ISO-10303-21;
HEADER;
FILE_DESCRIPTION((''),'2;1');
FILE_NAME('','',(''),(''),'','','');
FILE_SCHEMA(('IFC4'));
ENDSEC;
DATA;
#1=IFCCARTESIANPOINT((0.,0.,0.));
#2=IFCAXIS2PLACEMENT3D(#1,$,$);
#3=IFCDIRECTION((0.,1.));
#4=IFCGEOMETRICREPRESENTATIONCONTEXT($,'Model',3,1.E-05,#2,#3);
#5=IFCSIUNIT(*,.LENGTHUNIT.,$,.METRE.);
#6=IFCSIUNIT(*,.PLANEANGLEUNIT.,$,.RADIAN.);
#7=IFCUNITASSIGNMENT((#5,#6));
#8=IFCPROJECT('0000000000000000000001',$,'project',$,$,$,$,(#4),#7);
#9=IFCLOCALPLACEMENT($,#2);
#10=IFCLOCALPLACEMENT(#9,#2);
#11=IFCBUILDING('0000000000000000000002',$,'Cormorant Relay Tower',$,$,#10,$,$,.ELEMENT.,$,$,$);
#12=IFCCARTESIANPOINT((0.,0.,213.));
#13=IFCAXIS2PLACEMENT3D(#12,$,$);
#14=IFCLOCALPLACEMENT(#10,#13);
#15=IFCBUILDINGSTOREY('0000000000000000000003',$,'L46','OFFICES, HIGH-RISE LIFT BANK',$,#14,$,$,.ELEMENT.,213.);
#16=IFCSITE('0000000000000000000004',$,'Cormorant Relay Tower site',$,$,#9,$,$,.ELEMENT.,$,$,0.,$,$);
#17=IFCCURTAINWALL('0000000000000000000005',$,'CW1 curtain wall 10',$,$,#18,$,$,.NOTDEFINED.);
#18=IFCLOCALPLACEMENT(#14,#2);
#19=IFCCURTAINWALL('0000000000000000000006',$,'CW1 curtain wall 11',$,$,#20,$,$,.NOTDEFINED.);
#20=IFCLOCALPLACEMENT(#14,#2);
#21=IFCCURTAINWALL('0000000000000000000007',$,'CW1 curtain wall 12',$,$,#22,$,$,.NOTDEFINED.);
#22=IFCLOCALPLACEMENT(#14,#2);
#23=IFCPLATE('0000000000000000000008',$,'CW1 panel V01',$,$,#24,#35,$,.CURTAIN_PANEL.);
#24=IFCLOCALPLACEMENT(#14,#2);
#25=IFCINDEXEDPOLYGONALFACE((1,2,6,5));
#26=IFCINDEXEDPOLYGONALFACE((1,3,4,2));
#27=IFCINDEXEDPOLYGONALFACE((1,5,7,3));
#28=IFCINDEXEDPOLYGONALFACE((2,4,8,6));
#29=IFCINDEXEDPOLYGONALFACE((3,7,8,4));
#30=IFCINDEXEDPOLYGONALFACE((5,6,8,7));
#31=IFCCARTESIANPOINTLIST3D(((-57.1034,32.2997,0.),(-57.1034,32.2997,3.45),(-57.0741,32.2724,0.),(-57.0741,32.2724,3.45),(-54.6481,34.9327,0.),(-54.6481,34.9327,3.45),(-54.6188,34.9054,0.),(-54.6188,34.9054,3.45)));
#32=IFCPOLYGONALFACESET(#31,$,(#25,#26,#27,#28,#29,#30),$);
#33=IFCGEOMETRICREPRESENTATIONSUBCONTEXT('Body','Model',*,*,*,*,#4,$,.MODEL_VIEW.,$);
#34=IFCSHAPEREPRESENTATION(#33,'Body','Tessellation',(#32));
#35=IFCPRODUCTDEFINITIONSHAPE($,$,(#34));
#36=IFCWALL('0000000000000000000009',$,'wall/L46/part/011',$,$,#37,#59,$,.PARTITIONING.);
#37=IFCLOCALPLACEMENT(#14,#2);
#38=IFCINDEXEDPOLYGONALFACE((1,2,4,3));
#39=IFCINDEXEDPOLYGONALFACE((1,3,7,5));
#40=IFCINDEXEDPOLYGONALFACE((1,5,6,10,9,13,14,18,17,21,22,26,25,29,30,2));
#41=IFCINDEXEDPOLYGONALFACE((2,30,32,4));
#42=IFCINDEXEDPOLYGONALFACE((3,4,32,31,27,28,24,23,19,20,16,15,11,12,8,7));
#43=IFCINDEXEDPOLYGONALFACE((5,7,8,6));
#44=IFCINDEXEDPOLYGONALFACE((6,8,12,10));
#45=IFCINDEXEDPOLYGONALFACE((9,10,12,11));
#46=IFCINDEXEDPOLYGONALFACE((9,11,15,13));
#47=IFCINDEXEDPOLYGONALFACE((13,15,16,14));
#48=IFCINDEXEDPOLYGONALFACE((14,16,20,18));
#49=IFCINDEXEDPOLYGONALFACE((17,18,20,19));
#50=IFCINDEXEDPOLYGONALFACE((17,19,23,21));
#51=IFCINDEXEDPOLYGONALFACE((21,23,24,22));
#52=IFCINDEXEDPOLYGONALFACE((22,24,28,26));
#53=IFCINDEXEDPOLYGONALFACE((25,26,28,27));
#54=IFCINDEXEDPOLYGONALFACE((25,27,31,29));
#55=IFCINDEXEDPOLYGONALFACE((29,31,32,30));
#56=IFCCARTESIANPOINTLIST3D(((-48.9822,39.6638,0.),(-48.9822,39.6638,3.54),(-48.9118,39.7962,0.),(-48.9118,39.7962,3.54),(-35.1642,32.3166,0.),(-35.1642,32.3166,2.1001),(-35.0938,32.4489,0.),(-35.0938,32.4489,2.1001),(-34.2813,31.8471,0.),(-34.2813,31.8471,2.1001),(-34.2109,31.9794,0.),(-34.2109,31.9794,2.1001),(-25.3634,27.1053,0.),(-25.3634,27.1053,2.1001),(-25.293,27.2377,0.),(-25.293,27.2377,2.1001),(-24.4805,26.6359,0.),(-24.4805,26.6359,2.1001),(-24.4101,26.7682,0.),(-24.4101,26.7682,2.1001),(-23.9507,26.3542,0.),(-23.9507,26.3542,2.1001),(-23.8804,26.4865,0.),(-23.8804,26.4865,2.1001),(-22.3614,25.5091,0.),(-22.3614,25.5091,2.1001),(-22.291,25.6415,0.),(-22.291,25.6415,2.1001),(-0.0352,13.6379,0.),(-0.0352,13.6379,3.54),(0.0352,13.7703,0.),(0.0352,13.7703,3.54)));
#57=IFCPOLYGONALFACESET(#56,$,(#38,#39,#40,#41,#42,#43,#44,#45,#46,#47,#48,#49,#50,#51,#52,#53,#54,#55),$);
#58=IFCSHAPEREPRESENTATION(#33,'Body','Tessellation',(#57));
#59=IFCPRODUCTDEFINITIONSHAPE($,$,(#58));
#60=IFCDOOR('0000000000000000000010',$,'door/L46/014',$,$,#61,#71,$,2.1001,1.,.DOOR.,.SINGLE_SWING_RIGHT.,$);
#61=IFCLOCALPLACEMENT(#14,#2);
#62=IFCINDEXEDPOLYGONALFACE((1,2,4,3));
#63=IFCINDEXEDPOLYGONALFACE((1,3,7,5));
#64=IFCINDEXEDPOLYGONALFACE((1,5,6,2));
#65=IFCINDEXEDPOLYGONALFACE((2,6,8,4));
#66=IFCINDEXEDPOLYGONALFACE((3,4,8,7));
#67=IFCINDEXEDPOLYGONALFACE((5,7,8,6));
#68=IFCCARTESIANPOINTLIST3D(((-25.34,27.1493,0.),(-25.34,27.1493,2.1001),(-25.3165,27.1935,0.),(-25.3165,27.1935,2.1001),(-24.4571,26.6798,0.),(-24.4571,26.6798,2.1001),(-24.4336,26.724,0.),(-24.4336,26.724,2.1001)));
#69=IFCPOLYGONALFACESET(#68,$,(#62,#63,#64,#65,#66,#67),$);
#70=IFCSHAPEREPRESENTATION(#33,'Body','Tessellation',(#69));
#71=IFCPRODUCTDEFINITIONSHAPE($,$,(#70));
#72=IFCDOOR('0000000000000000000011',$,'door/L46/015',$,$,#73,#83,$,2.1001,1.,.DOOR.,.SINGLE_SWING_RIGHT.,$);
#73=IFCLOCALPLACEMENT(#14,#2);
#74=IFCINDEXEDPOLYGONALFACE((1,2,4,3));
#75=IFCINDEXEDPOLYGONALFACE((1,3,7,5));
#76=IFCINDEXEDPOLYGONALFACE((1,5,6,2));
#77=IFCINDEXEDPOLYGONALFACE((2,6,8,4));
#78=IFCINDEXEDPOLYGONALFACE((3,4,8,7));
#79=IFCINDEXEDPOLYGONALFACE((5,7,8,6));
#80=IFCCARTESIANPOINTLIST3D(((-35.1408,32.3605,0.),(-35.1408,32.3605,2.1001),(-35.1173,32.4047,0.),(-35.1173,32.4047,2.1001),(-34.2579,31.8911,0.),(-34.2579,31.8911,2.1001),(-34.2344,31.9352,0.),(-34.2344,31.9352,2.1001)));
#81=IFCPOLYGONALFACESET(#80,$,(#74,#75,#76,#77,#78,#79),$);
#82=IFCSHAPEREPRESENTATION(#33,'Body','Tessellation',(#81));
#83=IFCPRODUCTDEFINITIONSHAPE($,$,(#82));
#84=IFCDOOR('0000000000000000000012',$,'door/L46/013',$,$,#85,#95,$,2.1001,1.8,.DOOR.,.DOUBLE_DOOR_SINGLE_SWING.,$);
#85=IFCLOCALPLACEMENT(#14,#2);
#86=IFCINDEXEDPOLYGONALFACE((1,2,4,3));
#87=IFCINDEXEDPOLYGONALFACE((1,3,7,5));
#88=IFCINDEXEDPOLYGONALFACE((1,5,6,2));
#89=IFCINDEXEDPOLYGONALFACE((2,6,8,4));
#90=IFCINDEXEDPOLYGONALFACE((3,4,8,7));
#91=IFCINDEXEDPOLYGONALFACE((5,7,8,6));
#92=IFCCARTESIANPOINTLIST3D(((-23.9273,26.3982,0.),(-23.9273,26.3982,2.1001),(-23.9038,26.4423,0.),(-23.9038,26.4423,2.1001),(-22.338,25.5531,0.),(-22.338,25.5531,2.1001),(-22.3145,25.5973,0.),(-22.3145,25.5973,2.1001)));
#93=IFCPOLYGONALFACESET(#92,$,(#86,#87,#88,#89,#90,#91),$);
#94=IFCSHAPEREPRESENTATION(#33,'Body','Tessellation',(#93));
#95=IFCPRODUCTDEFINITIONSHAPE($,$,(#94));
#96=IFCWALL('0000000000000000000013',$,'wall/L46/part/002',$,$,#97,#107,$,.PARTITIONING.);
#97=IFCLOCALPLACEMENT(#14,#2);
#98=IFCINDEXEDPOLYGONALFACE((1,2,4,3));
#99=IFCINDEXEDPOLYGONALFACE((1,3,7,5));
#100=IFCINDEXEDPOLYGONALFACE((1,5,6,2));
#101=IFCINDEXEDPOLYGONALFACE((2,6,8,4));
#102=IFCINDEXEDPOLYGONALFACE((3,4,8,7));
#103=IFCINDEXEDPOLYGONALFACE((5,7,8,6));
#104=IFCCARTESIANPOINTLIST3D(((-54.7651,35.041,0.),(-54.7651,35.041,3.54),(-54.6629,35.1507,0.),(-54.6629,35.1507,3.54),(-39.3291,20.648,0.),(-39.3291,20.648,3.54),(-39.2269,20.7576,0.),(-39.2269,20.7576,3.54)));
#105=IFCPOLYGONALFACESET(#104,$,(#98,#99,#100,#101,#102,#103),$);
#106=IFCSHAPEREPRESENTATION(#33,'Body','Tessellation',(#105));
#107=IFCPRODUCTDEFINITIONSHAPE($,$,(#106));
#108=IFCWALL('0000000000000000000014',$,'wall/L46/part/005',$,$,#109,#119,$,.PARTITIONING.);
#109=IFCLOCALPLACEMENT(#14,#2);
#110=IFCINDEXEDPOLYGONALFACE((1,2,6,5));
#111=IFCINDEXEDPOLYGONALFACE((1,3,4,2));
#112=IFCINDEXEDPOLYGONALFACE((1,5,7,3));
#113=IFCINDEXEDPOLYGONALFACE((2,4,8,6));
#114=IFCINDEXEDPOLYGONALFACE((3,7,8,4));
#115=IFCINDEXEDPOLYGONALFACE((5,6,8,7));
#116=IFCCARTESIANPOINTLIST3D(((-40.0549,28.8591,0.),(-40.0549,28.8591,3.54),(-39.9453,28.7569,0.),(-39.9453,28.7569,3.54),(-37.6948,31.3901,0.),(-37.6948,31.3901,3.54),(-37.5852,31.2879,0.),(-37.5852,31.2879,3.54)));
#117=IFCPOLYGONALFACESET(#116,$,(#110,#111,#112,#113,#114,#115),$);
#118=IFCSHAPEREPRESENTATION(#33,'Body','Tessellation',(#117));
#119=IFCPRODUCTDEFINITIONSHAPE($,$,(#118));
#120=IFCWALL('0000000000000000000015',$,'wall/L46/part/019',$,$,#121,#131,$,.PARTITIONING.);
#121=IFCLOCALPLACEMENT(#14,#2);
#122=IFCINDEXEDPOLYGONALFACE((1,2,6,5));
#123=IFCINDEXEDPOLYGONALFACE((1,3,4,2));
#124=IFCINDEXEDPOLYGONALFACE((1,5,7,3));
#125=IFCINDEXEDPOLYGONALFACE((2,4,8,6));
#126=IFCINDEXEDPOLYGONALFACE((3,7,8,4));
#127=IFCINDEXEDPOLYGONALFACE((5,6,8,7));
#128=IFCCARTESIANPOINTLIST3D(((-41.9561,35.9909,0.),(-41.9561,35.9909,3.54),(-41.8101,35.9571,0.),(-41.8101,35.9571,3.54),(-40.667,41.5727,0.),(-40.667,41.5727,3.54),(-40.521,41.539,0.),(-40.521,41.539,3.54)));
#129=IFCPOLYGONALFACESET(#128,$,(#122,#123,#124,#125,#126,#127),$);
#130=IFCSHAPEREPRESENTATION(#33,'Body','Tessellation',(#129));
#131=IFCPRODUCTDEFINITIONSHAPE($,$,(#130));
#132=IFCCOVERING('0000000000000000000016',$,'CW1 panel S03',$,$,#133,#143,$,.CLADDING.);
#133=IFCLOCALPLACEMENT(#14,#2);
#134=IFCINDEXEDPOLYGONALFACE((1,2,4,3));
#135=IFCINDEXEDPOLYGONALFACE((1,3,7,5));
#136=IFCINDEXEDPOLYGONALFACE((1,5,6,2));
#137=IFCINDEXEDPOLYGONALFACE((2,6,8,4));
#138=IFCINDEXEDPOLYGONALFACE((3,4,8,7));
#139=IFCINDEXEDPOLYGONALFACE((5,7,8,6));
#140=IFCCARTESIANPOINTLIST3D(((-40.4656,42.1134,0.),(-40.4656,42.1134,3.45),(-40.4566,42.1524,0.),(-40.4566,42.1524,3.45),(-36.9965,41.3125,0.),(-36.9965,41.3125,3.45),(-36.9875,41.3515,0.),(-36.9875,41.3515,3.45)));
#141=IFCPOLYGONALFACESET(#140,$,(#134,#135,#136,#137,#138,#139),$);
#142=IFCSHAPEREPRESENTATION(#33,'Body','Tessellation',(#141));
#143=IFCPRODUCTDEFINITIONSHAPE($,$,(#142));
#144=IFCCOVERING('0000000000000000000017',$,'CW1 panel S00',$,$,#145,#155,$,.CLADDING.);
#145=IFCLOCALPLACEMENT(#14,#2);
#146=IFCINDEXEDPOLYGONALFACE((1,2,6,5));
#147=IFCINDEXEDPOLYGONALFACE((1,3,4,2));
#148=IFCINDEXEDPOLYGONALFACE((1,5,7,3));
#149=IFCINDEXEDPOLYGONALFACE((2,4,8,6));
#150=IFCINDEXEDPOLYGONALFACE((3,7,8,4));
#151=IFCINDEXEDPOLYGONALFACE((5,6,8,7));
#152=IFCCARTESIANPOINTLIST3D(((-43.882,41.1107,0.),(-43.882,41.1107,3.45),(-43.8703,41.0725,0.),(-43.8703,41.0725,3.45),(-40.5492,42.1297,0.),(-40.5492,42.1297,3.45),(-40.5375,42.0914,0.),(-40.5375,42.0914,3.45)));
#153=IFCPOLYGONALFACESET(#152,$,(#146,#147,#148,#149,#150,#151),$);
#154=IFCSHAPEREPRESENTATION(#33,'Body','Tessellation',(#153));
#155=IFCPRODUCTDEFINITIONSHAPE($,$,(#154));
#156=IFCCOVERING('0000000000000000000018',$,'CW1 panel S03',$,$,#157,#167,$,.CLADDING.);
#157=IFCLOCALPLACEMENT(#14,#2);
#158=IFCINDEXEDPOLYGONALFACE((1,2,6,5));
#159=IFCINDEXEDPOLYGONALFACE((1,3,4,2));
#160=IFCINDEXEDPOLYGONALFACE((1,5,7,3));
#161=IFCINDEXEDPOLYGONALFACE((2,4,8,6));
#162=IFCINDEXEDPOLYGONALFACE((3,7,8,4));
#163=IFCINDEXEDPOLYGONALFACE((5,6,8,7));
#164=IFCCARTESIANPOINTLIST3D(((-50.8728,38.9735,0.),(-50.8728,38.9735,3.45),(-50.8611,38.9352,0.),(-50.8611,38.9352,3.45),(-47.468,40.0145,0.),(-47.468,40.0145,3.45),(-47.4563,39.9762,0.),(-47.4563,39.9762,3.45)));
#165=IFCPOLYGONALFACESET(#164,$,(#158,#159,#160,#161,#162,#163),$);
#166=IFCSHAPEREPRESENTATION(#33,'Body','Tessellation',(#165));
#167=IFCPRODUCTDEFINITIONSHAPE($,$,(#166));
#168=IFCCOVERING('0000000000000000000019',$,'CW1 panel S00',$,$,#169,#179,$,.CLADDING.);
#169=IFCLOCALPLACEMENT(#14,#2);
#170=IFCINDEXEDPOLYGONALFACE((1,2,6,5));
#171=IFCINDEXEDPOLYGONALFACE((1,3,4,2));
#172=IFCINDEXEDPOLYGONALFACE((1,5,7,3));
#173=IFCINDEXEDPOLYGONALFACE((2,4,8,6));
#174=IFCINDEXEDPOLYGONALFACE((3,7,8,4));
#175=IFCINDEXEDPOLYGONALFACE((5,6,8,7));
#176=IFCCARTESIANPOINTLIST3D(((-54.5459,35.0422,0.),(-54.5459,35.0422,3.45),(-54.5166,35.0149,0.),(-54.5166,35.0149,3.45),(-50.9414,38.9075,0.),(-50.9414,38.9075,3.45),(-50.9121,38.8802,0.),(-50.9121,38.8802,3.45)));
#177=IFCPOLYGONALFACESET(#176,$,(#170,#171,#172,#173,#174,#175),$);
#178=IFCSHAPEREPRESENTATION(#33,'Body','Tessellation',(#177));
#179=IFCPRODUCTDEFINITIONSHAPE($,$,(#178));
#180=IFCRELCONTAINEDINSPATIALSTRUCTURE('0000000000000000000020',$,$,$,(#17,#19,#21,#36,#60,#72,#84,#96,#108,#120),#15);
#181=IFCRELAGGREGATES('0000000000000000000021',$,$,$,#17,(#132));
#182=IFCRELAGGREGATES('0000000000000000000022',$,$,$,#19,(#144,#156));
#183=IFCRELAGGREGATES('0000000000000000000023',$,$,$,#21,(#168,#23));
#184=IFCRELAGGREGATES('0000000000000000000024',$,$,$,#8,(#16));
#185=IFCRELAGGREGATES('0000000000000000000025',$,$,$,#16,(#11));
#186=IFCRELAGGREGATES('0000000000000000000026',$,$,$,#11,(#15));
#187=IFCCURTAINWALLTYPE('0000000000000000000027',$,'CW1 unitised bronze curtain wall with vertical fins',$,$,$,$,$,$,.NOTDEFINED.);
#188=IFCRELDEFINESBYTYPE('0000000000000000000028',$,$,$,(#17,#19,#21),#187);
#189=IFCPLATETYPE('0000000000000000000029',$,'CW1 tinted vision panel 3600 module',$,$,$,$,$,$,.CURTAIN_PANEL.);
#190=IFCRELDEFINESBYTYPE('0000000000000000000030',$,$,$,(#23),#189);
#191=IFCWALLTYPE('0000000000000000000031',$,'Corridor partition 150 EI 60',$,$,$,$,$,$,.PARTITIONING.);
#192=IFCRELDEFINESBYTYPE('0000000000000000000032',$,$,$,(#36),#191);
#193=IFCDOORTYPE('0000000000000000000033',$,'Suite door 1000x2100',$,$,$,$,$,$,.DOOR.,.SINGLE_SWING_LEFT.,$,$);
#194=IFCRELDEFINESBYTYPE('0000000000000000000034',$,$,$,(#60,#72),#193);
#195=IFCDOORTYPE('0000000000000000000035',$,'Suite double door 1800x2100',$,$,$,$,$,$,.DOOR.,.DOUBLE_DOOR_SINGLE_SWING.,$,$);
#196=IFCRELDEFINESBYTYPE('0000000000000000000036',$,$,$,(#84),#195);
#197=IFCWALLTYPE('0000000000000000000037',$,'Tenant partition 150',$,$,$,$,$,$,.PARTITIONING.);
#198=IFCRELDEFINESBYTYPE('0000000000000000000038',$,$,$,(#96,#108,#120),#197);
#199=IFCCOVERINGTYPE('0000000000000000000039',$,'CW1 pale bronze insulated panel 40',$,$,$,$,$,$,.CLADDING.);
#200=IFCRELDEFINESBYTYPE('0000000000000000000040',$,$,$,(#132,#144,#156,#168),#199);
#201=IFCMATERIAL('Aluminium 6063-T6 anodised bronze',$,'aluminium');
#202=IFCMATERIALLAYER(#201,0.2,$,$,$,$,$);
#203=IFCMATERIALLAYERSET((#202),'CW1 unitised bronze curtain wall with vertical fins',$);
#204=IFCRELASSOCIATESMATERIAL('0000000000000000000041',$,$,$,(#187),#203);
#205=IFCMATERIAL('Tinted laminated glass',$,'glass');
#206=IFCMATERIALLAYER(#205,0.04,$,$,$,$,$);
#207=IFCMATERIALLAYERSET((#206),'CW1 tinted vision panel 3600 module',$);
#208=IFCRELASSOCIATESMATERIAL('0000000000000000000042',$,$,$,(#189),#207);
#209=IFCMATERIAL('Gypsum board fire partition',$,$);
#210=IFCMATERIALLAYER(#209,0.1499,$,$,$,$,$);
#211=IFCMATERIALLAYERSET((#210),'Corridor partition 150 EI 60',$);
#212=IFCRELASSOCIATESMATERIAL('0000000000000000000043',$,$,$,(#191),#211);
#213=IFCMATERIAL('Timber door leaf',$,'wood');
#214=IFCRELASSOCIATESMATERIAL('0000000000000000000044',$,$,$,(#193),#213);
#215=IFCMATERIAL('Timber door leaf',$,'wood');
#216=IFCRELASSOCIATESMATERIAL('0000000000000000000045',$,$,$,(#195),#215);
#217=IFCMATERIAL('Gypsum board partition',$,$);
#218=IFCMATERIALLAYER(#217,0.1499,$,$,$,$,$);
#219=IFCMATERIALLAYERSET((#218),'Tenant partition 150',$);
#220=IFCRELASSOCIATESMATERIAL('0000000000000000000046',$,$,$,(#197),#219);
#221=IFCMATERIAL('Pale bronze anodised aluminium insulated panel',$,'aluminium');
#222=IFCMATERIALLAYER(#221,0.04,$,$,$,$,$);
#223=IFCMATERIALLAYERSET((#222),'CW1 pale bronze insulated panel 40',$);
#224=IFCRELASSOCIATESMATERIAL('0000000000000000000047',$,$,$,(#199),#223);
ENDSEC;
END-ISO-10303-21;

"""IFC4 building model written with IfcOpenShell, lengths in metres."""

from ifc_helpers import new_model, si_unit, direction, frame, frame_2d, origin, origin_2d, place, context, subcontext, project, spatial, rectangle, extrude, material, layer, layer_set, type_object, element, fill, aggregate, save


model = new_model("IFC4")

# Units and contexts
model_context = context("Model", 3, precision=1e-05, world=origin(), true_north=direction((0.0, 1.0)))
body_context = subcontext(model_context, "Body", "Model", "MODEL_VIEW")
ifc_project = project(units=[si_unit("LENGTHUNIT", "METRE"), si_unit("PLANEANGLEUNIT", "RADIAN")], contexts=[model_context])

# Site, building, storey
site_placement = place(None, origin())
site = spatial("IfcSite", under=ifc_project, at=site_placement, Name="Cormorant Relay Tower site", CompositionType="ELEMENT", RefElevation=0.0)
building_placement = place(site_placement, origin())
building = spatial("IfcBuilding", under=site, at=building_placement, Name="Cormorant Relay Tower", CompositionType="ELEMENT")
storey_placement = place(building_placement, frame((0.0, 0.0, 213.0)))
storey = spatial("IfcBuildingStorey", under=building, at=storey_placement, Name="L46", Description="OFFICES, HIGH-RISE LIFT BANK", CompositionType="ELEMENT", Elevation=213.0)

# Curtain wall
ifc_material_1 = material(Name="Aluminium 6063-T6 anodised bronze", Category="aluminium")
ifc_layer_1 = layer(ifc_material_1, 0.2)
ifc_layer_set_1 = layer_set([ifc_layer_1], Name="CW1 unitised bronze curtain wall with vertical fins")
curtain_wall_type = type_object("IfcCurtainWallType", Name="CW1 unitised bronze curtain wall with vertical fins", PredefinedType="NOTDEFINED", material=ifc_layer_set_1)
curtain_wall_1_placement = place(storey_placement, origin())
curtain_wall_1 = element("IfcCurtainWall", 1, at=curtain_wall_1_placement, inside=storey, type_object=curtain_wall_type, Name="CW1 curtain wall 10", PredefinedType="NOTDEFINED")

# Curtain walls
curtain_wall_2_placement = place(storey_placement, origin())
curtain_wall_2 = element("IfcCurtainWall", 2, at=curtain_wall_2_placement, inside=storey, type_object=curtain_wall_type, Name="CW1 curtain wall 11", PredefinedType="NOTDEFINED")
curtain_wall_3_placement = place(storey_placement, origin())
curtain_wall_3 = element("IfcCurtainWall", 3, at=curtain_wall_3_placement, inside=storey, type_object=curtain_wall_type, Name="CW1 curtain wall 12", PredefinedType="NOTDEFINED")

# Plate
ifc_material_2 = material(Name="Tinted laminated glass", Category="glass")
ifc_layer_2 = layer(ifc_material_2, 0.04)
ifc_layer_set_2 = layer_set([ifc_layer_2], Name="CW1 tinted vision panel 3600 module")
plate_type_1 = type_object("IfcPlateType", Name="CW1 tinted vision panel 3600 module", PredefinedType="CURTAIN_PANEL", material=ifc_layer_set_2)
plate_1_placement = place(storey_placement, frame((-55.8611, 33.6025, 0.0), z_axis=(0.0, 0.0, 1.0), x_axis=(-0.681998, -0.731354, 0.0)))
plate_1 = element("IfcPlate", 4, at=plate_1_placement, type_object=plate_type_1, Name="CW1 panel V01", PredefinedType="CURTAIN_PANEL", context=body_context, shape_type="SweptSolid", body=[
    extrude(rectangle(XDim=3.6001, YDim=0.04, at=origin_2d()), origin(), (0.0, 0.0, 1.0), 3.45),
])

# Wall, openings, doors
ifc_material_3 = material(Name="Gypsum board fire partition")
ifc_layer_3 = layer(ifc_material_3, 0.1499)
ifc_layer_set_3 = layer_set([ifc_layer_3], Name="Corridor partition 150 EI 60")
wall_type_1 = type_object("IfcWallType", Name="Corridor partition 150 EI 60", PredefinedType="PARTITIONING", material=ifc_layer_set_3)
wall_1_placement = place(storey_placement, frame((-48.947, 39.73, 0.0), z_axis=(0.0, 0.0, 1.0), x_axis=(0.882945, -0.469476, 0.0)))
wall_1 = element("IfcWall", 5, at=wall_1_placement, inside=storey, type_object=wall_type_1, Name="wall/L46/part/011", PredefinedType="PARTITIONING", context=body_context, shape_type="SweptSolid", body=[
    extrude(rectangle(XDim=55.436, YDim=0.1499, at=frame_2d((27.718, 0.0))), origin(), (0.0, 0.0, 1.0), 3.54),
])
opening_1_placement = place(wall_1_placement, frame((28.3501, 0.0, 0.0)))
opening_1 = element("IfcOpeningElement", 6, at=opening_1_placement, cuts=wall_1, PredefinedType="OPENING", context=body_context, shape_type="SweptSolid", body=[
    extrude(rectangle(XDim=1.8, YDim=2.1001, at=frame_2d((0.8999, 1.05))), frame((0.0, 0.085, 0.0), z_axis=(0.0, -1.0, 0.0), x_axis=(1.0, 0.0, 0.0)), (0.0, 0.0, 1.0), 0.1699),
])
opening_2_placement = place(wall_1_placement, frame((26.75, 0.0, 0.0)))
opening_2 = element("IfcOpeningElement", 7, at=opening_2_placement, cuts=wall_1, PredefinedType="OPENING", context=body_context, shape_type="SweptSolid", body=[
    extrude(rectangle(XDim=1.0, YDim=2.1001, at=frame_2d((0.5, 1.05))), frame((0.0, 0.085, 0.0), z_axis=(0.0, -1.0, 0.0), x_axis=(1.0, 0.0, 0.0)), (0.0, 0.0, 1.0), 0.1699),
])
opening_3_placement = place(wall_1_placement, frame((15.6499, 0.0, 0.0)))
opening_3 = element("IfcOpeningElement", 8, at=opening_3_placement, cuts=wall_1, PredefinedType="OPENING", context=body_context, shape_type="SweptSolid", body=[
    extrude(rectangle(XDim=1.0, YDim=2.1001, at=frame_2d((0.5, 1.05))), frame((0.0, 0.085, 0.0), z_axis=(0.0, -1.0, 0.0), x_axis=(1.0, 0.0, 0.0)), (0.0, 0.0, 1.0), 0.1699),
])
ifc_material_4 = material(Name="Timber door leaf", Category="wood")
door_type_1 = type_object("IfcDoorType", Name="Suite door 1000x2100", OperationType="SINGLE_SWING_LEFT", PredefinedType="DOOR", material=ifc_material_4)
door_1_placement = place(opening_2_placement, origin())
door_1 = element("IfcDoor", 9, at=door_1_placement, inside=storey, type_object=door_type_1, Name="door/L46/014", OperationType="SINGLE_SWING_RIGHT", OverallHeight=2.1001, OverallWidth=1.0, PredefinedType="DOOR", context=body_context, shape_type="SweptSolid", body=[
    extrude(rectangle(XDim=1.0, YDim=2.1001, at=frame_2d((0.5, 1.05))), frame((0.0, 0.0249, 0.0), z_axis=(0.0, -1.0, 0.0), x_axis=(1.0, 0.0, 0.0)), (0.0, 0.0, 1.0), 0.05),
])
fill(opening_2, door_1)
door_2_placement = place(opening_3_placement, origin())
door_2 = element("IfcDoor", 10, at=door_2_placement, inside=storey, type_object=door_type_1, Name="door/L46/015", OperationType="SINGLE_SWING_RIGHT", OverallHeight=2.1001, OverallWidth=1.0, PredefinedType="DOOR", context=body_context, shape_type="SweptSolid", body=[
    extrude(rectangle(XDim=1.0, YDim=2.1001, at=frame_2d((0.5, 1.05))), frame((0.0, 0.0249, 0.0), z_axis=(0.0, -1.0, 0.0), x_axis=(1.0, 0.0, 0.0)), (0.0, 0.0, 1.0), 0.05),
])
fill(opening_3, door_2)
ifc_material_5 = material(Name="Timber door leaf", Category="wood")
door_type_2 = type_object("IfcDoorType", Name="Suite double door 1800x2100", OperationType="DOUBLE_DOOR_SINGLE_SWING", PredefinedType="DOOR", material=ifc_material_5)
door_3_placement = place(opening_1_placement, origin())
door_3 = element("IfcDoor", 11, at=door_3_placement, inside=storey, type_object=door_type_2, Name="door/L46/013", OperationType="DOUBLE_DOOR_SINGLE_SWING", OverallHeight=2.1001, OverallWidth=1.8, PredefinedType="DOOR", context=body_context, shape_type="SweptSolid", body=[
    extrude(rectangle(XDim=1.8, YDim=2.1001, at=frame_2d((0.8999, 1.05))), frame((0.0, 0.0249, 0.0), z_axis=(0.0, -1.0, 0.0), x_axis=(1.0, 0.0, 0.0)), (0.0, 0.0, 1.0), 0.05),
])
fill(opening_1, door_3)

# Walls
ifc_material_6 = material(Name="Gypsum board partition")
ifc_layer_4 = layer(ifc_material_6, 0.1499)
ifc_layer_set_4 = layer_set([ifc_layer_4], Name="Tenant partition 150")
wall_type_2 = type_object("IfcWallType", Name="Tenant partition 150", PredefinedType="PARTITIONING", material=ifc_layer_set_4)
wall_2_placement = place(storey_placement, frame((-54.7141, 35.0959, 0.0), z_axis=(0.0, 0.0, 1.0), x_axis=(0.731384, -0.681966, 0.0)))
element("IfcWall", 12, at=wall_2_placement, inside=storey, type_object=wall_type_2, Name="wall/L46/part/002", PredefinedType="PARTITIONING", context=body_context, shape_type="SweptSolid", body=[
    extrude(rectangle(XDim=21.1052, YDim=0.1499, at=frame_2d((10.5527, 0.0))), origin(), (0.0, 0.0, 1.0), 3.54),
])
wall_3_placement = place(storey_placement, frame((-37.6399, 31.3391, 0.0), z_axis=(0.0, 0.0, 1.0), x_axis=(-0.681984, -0.731367, 0.0)))
element("IfcWall", 13, at=wall_3_placement, inside=storey, type_object=wall_type_2, Name="wall/L46/part/005", PredefinedType="PARTITIONING", context=body_context, shape_type="SweptSolid", body=[
    extrude(rectangle(XDim=3.4607, YDim=0.1499, at=frame_2d((1.7305, 0.0))), origin(), (0.0, 0.0, 1.0), 3.54),
])
wall_4_placement = place(storey_placement, frame((-41.8831, 35.9741, 0.0), z_axis=(0.0, 0.0, 1.0), x_axis=(0.225018, 0.974355, 0.0)))
element("IfcWall", 14, at=wall_4_placement, inside=storey, type_object=wall_type_2, Name="wall/L46/part/019", PredefinedType="PARTITIONING", context=body_context, shape_type="SweptSolid", body=[
    extrude(rectangle(XDim=5.7288, YDim=0.1499, at=frame_2d((2.8643, 0.0))), origin(), (0.0, 0.0, 1.0), 3.54),
])

# Coverings
ifc_material_7 = material(Name="Pale bronze anodised aluminium insulated panel", Category="aluminium")
ifc_layer_5 = layer(ifc_material_7, 0.04)
ifc_layer_set_5 = layer_set([ifc_layer_5], Name="CW1 pale bronze insulated panel 40")
covering_type = type_object("IfcCoveringType", Name="CW1 pale bronze insulated panel 40", PredefinedType="CLADDING", material=ifc_layer_set_5)
covering_1_placement = place(storey_placement, frame((-38.7266, 41.7324, 0.0), z_axis=(0.0, 0.0, 1.0), x_axis=(-0.97437, 0.224951, 0.0)))
covering_1 = element("IfcCovering", 15, at=covering_1_placement, type_object=covering_type, Name="CW1 panel S03", PredefinedType="CLADDING", context=body_context, shape_type="SweptSolid", body=[
    extrude(rectangle(XDim=3.5603, YDim=0.04, at=origin_2d()), origin(), (0.0, 0.0, 1.0), 3.45),
])
aggregate(curtain_wall_1, [covering_1])
covering_2_placement = place(storey_placement, frame((-42.2097, 41.6011, 0.0), z_axis=(0.0, 0.0, 1.0), x_axis=(-0.956305, -0.292372, 0.0)))
covering_2 = element("IfcCovering", 16, at=covering_2_placement, type_object=covering_type, Name="CW1 panel S00", PredefinedType="CLADDING", context=body_context, shape_type="SweptSolid", body=[
    extrude(rectangle(XDim=3.4851, YDim=0.04, at=origin_2d()), origin(), (0.0, 0.0, 1.0), 3.45),
])
covering_3_placement = place(storey_placement, frame((-49.1646, 39.4749, 0.0), z_axis=(0.0, 0.0, 1.0), x_axis=(-0.956305, -0.292372, 0.0)))
covering_3 = element("IfcCovering", 17, at=covering_3_placement, type_object=covering_type, Name="CW1 panel S03", PredefinedType="CLADDING", context=body_context, shape_type="SweptSolid", body=[
    extrude(rectangle(XDim=3.5603, YDim=0.04, at=origin_2d()), origin(), (0.0, 0.0, 1.0), 3.45),
])
aggregate(curtain_wall_2, [covering_2, covering_3])
covering_4_placement = place(storey_placement, frame((-52.729, 36.9612, 0.0), z_axis=(0.0, 0.0, 1.0), x_axis=(-0.681998, -0.731354, 0.0)))
covering_4 = element("IfcCovering", 18, at=covering_4_placement, type_object=covering_type, Name="CW1 panel S00", PredefinedType="CLADDING", context=body_context, shape_type="SweptSolid", body=[
    extrude(rectangle(XDim=5.2852, YDim=0.04, at=origin_2d()), origin(), (0.0, 0.0, 1.0), 3.45),
])
aggregate(curtain_wall_3, [covering_4, plate_1])

save(model, "model.ifc")
